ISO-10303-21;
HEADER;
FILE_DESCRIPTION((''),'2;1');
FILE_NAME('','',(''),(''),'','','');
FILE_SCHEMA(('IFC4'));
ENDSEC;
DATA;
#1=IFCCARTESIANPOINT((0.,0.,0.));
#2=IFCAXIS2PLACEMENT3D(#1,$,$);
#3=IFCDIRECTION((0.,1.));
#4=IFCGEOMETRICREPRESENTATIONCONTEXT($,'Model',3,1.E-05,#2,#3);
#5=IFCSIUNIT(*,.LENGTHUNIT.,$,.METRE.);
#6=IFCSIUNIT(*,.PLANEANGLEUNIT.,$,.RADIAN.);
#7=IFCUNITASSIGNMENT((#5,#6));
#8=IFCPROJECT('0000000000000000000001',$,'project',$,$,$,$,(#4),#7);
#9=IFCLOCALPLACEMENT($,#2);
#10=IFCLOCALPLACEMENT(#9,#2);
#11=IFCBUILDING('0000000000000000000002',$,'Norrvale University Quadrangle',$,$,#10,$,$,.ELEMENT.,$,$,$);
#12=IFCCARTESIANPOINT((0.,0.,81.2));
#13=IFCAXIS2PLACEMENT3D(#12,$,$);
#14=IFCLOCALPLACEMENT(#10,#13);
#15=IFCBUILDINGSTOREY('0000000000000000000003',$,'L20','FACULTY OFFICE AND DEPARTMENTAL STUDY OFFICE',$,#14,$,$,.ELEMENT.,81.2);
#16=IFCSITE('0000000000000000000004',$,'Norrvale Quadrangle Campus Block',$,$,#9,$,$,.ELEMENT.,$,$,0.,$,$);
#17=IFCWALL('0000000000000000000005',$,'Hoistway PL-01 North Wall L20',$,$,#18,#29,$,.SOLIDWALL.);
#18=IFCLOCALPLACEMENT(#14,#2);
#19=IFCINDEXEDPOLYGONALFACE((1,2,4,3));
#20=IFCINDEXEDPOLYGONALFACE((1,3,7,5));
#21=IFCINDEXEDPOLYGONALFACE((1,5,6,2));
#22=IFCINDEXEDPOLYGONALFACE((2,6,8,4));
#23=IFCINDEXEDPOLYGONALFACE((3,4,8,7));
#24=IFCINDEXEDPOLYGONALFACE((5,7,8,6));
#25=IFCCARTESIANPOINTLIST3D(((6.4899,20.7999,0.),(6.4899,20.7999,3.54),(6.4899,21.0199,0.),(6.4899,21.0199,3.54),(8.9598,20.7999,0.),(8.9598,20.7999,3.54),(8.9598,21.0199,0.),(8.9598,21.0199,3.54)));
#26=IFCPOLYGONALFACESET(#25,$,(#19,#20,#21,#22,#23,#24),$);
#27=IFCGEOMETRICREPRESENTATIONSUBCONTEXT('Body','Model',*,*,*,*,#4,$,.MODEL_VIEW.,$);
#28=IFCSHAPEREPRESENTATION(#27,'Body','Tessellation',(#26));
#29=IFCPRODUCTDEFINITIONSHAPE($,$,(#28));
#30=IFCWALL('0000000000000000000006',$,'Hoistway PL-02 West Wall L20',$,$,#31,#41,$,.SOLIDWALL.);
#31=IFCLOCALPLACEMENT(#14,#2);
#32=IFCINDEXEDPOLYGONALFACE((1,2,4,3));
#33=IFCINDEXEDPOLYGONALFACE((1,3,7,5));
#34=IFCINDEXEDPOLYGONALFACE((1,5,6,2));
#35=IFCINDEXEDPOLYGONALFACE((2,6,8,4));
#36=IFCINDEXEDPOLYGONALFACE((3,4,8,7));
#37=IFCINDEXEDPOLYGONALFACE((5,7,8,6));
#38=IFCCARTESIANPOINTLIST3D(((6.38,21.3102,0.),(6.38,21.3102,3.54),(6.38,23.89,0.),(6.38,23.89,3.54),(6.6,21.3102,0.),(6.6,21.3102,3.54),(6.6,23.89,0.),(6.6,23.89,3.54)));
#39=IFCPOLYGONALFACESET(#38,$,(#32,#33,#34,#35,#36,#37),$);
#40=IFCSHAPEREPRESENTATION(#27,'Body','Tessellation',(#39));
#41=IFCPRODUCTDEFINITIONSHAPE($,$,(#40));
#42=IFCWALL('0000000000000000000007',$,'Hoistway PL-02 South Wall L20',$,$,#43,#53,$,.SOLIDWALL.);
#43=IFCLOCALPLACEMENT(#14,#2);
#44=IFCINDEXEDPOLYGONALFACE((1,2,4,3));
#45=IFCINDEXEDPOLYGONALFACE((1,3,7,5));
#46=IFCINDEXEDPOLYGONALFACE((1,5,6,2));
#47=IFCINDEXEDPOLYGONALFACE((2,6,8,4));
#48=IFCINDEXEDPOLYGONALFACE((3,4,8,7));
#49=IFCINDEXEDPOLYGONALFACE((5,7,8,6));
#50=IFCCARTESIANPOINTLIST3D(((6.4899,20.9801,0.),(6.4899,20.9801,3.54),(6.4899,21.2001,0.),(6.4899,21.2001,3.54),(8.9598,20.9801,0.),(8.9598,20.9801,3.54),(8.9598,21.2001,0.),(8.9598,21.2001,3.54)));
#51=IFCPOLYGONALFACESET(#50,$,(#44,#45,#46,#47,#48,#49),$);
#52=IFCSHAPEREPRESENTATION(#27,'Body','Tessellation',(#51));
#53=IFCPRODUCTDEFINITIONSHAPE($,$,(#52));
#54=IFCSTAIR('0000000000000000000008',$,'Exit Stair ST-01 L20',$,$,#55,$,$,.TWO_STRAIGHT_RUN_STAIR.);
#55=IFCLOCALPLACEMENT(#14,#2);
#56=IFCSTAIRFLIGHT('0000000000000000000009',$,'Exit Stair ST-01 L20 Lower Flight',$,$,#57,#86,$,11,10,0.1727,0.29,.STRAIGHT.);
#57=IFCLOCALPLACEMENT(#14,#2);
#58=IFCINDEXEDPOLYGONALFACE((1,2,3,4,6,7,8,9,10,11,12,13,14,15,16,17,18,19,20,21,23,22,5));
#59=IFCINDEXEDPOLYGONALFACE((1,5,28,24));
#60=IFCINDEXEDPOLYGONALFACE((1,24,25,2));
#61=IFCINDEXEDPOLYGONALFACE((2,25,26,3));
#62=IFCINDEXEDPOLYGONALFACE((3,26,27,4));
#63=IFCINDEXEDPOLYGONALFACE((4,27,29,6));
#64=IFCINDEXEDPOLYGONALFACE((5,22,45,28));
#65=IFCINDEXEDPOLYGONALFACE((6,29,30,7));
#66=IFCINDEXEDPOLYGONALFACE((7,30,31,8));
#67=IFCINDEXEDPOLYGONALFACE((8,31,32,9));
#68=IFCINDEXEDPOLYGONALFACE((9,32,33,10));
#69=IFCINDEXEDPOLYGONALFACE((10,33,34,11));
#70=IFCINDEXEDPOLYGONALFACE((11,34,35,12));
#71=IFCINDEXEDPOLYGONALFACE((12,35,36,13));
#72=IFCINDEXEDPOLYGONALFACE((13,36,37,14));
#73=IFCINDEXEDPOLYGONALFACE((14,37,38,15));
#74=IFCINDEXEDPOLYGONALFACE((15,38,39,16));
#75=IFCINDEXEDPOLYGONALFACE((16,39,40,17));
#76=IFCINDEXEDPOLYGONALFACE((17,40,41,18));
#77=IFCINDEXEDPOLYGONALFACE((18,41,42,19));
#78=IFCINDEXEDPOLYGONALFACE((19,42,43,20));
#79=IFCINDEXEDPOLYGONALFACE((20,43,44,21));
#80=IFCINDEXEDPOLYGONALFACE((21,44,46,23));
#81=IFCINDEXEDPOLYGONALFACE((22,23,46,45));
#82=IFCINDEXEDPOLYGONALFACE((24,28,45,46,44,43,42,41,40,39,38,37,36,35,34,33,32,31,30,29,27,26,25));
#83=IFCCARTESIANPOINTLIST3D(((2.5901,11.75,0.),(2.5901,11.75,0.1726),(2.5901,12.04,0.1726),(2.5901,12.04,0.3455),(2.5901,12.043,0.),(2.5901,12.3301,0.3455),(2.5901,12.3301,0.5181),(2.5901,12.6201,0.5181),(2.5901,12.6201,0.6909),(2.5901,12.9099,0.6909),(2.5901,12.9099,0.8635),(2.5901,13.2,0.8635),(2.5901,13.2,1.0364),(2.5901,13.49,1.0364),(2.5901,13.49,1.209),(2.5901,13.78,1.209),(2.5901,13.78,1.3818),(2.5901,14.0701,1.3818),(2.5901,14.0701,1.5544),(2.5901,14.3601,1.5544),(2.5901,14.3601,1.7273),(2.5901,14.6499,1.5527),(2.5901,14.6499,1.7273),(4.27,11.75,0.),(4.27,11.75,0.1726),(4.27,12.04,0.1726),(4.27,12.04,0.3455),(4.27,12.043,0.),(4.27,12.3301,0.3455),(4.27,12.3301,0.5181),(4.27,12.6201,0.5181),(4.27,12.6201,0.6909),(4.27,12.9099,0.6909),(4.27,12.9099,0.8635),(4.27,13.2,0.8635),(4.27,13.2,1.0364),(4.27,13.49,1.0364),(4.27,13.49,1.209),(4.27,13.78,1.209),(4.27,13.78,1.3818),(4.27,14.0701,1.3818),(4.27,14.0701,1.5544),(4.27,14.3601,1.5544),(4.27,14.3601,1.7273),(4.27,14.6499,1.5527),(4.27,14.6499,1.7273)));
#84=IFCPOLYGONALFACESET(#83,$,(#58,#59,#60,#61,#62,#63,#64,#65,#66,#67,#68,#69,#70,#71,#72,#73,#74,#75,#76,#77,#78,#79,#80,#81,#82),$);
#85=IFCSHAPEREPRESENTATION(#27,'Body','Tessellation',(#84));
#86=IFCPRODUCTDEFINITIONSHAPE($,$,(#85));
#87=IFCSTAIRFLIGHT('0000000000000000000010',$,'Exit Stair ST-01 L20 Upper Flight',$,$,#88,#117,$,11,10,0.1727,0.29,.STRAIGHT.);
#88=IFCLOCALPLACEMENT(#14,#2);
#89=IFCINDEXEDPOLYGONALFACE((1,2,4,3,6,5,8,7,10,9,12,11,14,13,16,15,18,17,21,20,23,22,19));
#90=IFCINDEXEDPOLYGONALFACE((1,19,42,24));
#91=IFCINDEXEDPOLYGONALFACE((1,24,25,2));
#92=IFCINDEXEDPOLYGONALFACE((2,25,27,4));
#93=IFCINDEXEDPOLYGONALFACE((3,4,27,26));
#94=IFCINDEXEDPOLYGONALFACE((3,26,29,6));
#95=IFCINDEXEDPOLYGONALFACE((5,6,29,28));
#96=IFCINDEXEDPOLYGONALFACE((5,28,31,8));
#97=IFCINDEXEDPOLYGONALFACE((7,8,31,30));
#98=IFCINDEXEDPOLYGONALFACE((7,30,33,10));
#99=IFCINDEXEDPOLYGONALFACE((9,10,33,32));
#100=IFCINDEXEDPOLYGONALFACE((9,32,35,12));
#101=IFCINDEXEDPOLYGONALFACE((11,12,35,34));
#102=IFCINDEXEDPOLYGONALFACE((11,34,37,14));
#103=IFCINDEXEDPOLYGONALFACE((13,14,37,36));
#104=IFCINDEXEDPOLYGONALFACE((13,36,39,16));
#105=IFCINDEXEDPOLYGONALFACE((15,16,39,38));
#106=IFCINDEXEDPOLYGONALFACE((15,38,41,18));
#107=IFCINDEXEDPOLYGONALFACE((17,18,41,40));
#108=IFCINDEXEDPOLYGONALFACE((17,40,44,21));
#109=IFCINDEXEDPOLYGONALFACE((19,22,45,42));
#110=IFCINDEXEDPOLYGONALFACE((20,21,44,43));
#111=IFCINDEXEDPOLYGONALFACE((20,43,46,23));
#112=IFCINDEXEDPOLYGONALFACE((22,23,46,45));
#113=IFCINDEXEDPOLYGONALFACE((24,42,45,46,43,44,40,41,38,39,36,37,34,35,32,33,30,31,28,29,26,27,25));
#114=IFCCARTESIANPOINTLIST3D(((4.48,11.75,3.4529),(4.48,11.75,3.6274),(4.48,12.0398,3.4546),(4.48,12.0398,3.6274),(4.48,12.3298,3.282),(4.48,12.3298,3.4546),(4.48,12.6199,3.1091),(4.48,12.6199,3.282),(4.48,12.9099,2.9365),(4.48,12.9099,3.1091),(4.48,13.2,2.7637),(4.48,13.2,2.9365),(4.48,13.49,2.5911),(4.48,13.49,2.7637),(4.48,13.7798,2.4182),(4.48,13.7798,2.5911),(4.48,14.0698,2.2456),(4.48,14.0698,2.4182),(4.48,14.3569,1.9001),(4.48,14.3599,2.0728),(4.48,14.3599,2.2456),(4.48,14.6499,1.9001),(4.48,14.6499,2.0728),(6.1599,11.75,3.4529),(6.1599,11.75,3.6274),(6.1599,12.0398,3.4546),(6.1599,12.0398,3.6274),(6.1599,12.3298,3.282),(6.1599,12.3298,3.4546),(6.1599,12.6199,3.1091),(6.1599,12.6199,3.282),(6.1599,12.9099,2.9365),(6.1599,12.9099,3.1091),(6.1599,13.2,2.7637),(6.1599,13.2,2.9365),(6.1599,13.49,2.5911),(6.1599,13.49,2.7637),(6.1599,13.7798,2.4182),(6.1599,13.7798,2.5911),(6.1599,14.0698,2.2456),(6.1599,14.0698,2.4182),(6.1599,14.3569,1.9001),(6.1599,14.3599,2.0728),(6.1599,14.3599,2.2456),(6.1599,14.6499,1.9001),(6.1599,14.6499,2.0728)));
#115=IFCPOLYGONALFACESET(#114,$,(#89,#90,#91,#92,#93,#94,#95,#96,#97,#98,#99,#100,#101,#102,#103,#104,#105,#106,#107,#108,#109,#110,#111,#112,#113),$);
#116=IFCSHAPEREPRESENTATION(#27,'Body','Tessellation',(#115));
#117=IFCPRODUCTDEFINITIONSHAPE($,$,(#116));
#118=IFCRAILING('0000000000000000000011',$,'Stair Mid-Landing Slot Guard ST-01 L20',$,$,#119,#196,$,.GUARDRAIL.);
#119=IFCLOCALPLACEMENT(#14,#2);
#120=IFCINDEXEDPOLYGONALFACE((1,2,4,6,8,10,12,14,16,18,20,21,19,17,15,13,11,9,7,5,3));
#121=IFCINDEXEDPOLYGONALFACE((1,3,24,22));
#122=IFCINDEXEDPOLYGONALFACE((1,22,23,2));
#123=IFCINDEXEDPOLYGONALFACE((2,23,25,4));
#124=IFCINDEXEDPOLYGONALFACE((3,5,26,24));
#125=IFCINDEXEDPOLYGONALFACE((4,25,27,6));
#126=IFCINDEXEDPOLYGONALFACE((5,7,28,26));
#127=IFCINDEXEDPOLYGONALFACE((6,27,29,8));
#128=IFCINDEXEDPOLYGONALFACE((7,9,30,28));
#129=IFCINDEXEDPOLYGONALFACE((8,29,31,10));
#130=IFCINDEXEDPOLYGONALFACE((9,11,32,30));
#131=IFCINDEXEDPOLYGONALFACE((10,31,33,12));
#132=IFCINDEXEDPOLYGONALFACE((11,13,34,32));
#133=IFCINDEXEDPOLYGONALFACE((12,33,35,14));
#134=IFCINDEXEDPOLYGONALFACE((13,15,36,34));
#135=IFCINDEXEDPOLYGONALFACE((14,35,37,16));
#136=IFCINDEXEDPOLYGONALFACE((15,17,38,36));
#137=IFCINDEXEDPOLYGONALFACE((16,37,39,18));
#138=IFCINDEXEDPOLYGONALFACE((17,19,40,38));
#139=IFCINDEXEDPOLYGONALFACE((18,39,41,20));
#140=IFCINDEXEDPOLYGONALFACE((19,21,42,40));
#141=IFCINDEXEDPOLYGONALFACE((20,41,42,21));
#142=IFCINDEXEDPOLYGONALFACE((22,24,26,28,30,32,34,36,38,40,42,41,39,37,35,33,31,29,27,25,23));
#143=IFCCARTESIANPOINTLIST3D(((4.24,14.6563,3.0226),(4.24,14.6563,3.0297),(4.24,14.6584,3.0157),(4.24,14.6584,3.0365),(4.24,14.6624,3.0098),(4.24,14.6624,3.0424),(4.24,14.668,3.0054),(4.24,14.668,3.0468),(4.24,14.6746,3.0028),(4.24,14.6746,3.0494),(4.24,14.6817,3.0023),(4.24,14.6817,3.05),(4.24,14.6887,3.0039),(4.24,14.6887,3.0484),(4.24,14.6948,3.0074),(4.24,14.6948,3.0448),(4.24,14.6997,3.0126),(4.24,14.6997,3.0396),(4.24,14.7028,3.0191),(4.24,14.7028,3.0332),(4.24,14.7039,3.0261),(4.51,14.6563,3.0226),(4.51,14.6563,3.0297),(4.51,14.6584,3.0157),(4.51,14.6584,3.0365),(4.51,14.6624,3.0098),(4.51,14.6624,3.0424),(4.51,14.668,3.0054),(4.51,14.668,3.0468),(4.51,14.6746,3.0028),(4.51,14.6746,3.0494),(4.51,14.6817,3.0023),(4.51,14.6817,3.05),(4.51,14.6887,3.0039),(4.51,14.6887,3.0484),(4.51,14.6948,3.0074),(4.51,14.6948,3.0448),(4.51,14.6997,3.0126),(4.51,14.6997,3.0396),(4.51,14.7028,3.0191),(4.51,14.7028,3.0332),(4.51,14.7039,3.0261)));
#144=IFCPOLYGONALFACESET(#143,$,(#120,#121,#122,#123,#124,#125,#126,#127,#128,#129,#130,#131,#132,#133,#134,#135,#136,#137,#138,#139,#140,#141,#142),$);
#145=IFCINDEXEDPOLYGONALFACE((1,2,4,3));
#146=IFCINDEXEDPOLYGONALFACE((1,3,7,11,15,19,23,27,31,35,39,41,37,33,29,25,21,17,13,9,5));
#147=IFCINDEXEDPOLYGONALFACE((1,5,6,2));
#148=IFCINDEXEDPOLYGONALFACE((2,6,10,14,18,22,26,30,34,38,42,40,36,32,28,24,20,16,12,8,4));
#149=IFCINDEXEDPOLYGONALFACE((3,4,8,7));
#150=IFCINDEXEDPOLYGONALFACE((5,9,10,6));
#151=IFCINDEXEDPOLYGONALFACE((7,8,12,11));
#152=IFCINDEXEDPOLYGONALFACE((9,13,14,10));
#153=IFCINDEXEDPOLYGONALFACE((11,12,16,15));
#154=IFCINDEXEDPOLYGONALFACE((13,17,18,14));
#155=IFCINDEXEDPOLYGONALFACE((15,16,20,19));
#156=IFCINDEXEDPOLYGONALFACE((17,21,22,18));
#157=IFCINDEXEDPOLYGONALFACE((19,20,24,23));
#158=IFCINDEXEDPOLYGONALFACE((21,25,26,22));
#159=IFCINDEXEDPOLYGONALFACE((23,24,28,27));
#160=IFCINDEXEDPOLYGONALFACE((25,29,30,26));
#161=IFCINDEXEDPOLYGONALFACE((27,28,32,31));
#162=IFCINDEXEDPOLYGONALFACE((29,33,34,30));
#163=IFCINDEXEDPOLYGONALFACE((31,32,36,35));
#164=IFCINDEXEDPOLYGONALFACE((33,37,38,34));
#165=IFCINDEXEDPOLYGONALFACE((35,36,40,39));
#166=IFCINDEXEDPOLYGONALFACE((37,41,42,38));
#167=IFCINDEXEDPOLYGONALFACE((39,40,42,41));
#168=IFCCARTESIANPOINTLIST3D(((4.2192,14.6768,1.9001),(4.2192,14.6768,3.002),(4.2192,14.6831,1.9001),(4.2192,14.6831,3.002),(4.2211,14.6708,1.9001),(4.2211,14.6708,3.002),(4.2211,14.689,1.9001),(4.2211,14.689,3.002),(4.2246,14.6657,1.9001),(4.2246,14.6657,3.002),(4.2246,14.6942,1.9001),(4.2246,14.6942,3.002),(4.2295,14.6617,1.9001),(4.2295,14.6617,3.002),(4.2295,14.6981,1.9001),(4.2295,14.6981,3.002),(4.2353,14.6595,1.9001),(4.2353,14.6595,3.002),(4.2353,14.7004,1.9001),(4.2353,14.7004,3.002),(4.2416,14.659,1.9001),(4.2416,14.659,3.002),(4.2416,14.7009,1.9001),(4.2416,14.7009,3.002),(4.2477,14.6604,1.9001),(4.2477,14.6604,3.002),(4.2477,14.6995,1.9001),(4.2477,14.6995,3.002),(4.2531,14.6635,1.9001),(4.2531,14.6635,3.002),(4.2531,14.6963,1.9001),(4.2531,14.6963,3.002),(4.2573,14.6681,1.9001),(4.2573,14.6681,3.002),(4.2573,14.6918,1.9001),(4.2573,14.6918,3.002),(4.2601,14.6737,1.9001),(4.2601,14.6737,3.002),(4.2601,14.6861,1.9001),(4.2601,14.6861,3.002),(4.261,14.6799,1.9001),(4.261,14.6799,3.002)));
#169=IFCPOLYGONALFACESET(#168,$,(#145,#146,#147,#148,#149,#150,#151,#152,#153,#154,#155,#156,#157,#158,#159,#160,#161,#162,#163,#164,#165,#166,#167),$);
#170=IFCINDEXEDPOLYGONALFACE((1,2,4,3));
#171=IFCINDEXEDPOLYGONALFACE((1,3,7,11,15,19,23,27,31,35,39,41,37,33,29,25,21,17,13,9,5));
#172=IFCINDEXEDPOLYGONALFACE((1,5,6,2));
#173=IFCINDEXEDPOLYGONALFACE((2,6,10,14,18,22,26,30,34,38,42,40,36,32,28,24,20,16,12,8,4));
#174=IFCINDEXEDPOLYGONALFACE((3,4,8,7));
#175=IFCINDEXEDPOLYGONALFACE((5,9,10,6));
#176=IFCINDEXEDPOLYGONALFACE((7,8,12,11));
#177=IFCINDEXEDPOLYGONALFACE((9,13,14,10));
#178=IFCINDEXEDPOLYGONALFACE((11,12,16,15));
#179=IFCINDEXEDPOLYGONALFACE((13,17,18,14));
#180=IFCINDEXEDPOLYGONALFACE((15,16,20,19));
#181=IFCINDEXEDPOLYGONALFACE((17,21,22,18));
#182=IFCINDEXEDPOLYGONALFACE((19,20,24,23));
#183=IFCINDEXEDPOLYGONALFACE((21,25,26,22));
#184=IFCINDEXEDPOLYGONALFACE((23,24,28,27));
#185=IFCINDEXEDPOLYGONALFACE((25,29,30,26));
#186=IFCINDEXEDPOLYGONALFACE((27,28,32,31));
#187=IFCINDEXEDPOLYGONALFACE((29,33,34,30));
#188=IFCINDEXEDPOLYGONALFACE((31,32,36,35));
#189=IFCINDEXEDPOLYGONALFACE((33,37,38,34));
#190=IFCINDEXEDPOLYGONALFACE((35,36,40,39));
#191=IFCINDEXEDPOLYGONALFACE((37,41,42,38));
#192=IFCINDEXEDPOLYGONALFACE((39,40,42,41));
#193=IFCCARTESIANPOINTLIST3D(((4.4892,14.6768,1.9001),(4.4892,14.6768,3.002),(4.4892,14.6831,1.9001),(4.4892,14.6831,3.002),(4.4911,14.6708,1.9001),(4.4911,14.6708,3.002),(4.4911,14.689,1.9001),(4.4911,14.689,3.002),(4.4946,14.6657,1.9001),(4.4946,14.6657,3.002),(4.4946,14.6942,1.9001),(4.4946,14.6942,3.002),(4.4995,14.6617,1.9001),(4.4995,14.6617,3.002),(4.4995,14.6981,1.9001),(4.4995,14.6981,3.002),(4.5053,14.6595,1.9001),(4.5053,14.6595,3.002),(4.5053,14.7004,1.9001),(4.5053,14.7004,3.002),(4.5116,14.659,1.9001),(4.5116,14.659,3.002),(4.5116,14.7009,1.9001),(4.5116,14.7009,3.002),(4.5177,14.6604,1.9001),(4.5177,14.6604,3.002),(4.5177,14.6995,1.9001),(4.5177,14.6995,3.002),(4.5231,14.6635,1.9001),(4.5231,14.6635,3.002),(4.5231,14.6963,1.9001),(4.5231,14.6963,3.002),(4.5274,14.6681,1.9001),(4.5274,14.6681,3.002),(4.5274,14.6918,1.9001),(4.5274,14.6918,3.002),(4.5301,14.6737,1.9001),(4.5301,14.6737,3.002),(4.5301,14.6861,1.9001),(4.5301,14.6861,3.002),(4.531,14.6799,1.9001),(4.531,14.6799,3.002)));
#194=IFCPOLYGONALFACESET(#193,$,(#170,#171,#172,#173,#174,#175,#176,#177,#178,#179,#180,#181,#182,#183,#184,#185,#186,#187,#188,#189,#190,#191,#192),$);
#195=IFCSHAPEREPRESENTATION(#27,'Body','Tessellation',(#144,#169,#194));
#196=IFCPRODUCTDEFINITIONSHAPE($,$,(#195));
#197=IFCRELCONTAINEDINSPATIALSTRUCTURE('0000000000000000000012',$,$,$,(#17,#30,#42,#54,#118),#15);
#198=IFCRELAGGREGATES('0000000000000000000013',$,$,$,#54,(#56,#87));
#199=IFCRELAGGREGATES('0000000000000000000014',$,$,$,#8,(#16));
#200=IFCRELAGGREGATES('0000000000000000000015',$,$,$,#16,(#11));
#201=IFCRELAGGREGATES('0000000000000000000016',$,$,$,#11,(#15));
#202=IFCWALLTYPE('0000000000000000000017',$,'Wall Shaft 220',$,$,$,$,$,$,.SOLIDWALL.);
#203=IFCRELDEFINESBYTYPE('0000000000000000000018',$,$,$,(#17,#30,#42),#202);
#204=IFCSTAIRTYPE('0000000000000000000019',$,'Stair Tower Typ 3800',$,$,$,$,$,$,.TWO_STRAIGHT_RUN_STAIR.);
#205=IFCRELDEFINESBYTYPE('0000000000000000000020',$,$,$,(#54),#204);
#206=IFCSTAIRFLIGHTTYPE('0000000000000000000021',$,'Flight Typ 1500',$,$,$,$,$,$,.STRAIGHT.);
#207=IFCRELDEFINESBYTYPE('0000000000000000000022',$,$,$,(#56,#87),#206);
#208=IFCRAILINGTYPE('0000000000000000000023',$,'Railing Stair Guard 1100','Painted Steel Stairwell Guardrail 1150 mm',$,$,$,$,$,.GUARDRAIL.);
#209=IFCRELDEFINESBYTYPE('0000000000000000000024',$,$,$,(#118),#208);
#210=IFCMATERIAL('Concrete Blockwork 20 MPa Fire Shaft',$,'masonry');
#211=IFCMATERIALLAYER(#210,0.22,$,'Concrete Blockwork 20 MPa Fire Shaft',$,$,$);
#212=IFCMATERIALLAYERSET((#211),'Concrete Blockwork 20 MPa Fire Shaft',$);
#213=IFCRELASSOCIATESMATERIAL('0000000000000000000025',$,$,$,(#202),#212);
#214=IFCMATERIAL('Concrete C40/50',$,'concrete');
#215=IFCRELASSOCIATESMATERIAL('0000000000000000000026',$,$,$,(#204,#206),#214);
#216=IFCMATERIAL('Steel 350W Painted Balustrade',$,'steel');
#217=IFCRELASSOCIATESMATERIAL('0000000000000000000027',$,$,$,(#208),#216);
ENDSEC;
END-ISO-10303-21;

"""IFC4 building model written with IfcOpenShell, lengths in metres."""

from ifc_helpers import new_model, si_unit, direction, frame, frame_2d, origin, origin_2d, place, context, subcontext, project, spatial, polyline, rectangle, circle, outline, extrude, material, layer, layer_set, type_object, element, aggregate, save


model = new_model("IFC4")

# Units and contexts
model_context = context("Model", 3, precision=1e-05, world=origin(), true_north=direction((0.0, 1.0)))
body_context = subcontext(model_context, "Body", "Model", "MODEL_VIEW")
ifc_project = project(units=[si_unit("LENGTHUNIT", "METRE"), si_unit("PLANEANGLEUNIT", "RADIAN")], contexts=[model_context])

# Site, building, storey
site_placement = place(None, origin())
site = spatial("IfcSite", under=ifc_project, at=site_placement, Name="Norrvale Quadrangle Campus Block", CompositionType="ELEMENT", RefElevation=0.0)
building_placement = place(site_placement, origin())
building = spatial("IfcBuilding", under=site, at=building_placement, Name="Norrvale University Quadrangle", CompositionType="ELEMENT")
storey_placement = place(building_placement, frame((0.0, 0.0, 81.2)))
storey = spatial("IfcBuildingStorey", under=building, at=storey_placement, Name="L20", Description="FACULTY OFFICE AND DEPARTMENTAL STUDY OFFICE", CompositionType="ELEMENT", Elevation=81.2)

# Walls
ifc_material_1 = material(Name="Concrete Blockwork 20 MPa Fire Shaft", Category="masonry")
ifc_layer_1 = layer(ifc_material_1, 0.22, Name="Concrete Blockwork 20 MPa Fire Shaft")
ifc_layer_set_1 = layer_set([ifc_layer_1], Name="Concrete Blockwork 20 MPa Fire Shaft")
wall_type_1 = type_object("IfcWallType", Name="Wall Shaft 220", PredefinedType="SOLIDWALL", material=ifc_layer_set_1)
for number, where, z_axis, x_axis, name in (
    (1, (6.49, 20.9099, 0.0), (0.0, 0.0, 1.0), (1.0, 0.0, 0.0), "Hoistway PL-01 North Wall L20"),
):
    element("IfcWall", number, at=place(storey_placement, frame(where, z_axis=z_axis, x_axis=x_axis)), inside=storey, type_object=wall_type_1, Name=name, PredefinedType="SOLIDWALL", context=body_context, shape_type="SweptSolid", body=[
        extrude(rectangle(XDim=2.47, YDim=0.22, at=frame_2d((1.2349, 0.0))), origin(), (0.0, 0.0, 1.0), 3.54),
    ])
wall_1_placement = place(storey_placement, frame((6.49, 21.3101, 0.0), z_axis=(0.0, 0.0, 1.0), x_axis=(0.0, 1.0, 0.0)))
element("IfcWall", 2, at=wall_1_placement, inside=storey, type_object=wall_type_1, Name="Hoistway PL-02 West Wall L20", PredefinedType="SOLIDWALL", context=body_context, shape_type="SweptSolid", body=[
    extrude(rectangle(XDim=2.5798, YDim=0.22, at=frame_2d((1.29, 0.0))), origin(), (0.0, 0.0, 1.0), 3.54),
])
wall_2_placement = place(storey_placement, frame((6.49, 21.0901, 0.0), z_axis=(0.0, 0.0, 1.0), x_axis=(1.0, 0.0, 0.0)))
element("IfcWall", 3, at=wall_2_placement, inside=storey, type_object=wall_type_1, Name="Hoistway PL-02 South Wall L20", PredefinedType="SOLIDWALL", context=body_context, shape_type="SweptSolid", body=[
    extrude(rectangle(XDim=2.47, YDim=0.22, at=frame_2d((1.2349, 0.0))), origin(), (0.0, 0.0, 1.0), 3.54),
])

# Stair, stair flights
ifc_material_2 = material(Name="Concrete C40/50", Category="concrete")
stair_type = type_object("IfcStairType", Name="Stair Tower Typ 3800", PredefinedType="TWO_STRAIGHT_RUN_STAIR", material=ifc_material_2)
stair_placement = place(storey_placement, origin())
stair = element("IfcStair", 4, at=stair_placement, inside=storey, type_object=stair_type, Name="Exit Stair ST-01 L20", PredefinedType="TWO_STRAIGHT_RUN_STAIR")
stair_flight_type = type_object("IfcStairFlightType", Name="Flight Typ 1500", PredefinedType="STRAIGHT", material=ifc_material_2)
stair_flight_1_placement = place(storey_placement, frame((3.4299, 11.75, 0.0), z_axis=(0.0, 0.0, 1.0), x_axis=(0.0, 1.0, 0.0)))
stair_flight_1 = element("IfcStairFlight", 5, at=stair_flight_1_placement, type_object=stair_flight_type, Name="Exit Stair ST-01 L20 Lower Flight", NumberOfRisers=11, NumberOfTreads=10, PredefinedType="STRAIGHT", RiserHeight=0.1727, TreadLength=0.29, context=body_context, shape_type="SweptSolid", body=[
    extrude(outline(polyline([(0.0, 0.0), (0.0, 0.1726), (0.29, 0.1726), (0.29, 0.3455), (0.5801, 0.3455), (0.5801, 0.5181), (0.8701, 0.5181), (0.8701, 0.6909), (1.1599, 0.6909), (1.1599, 0.8635), (1.45, 0.8635), (1.45, 1.0364), (1.74, 1.0364), (1.74, 1.209), (2.03, 1.209), (2.03, 1.3818), (2.3201, 1.3818), (2.3201, 1.5544), (2.6101, 1.5544), (2.6101, 1.7273), (2.8999, 1.7273), (2.8999, 1.8999), (2.8999, 1.5527), (0.293, 0.0), (0.0, 0.0)])), frame((0.0, 0.8398, 0.0), z_axis=(0.0, -1.0, 0.0), x_axis=(1.0, 0.0, 0.0)), (0.0, 0.0, 1.0), 1.6799),
])
stair_flight_2_placement = place(storey_placement, frame((5.3201, 14.6499, 1.9001), z_axis=(0.0, 0.0, 1.0), x_axis=(0.0, -1.0, 0.0)))
stair_flight_2 = element("IfcStairFlight", 6, at=stair_flight_2_placement, type_object=stair_flight_type, Name="Exit Stair ST-01 L20 Upper Flight", NumberOfRisers=11, NumberOfTreads=10, PredefinedType="STRAIGHT", RiserHeight=0.1727, TreadLength=0.29, context=body_context, shape_type="SweptSolid", body=[
    extrude(outline(polyline([(0.0, 0.0), (0.0, 0.1726), (0.29, 0.1726), (0.29, 0.3455), (0.5801, 0.3455), (0.5801, 0.5181), (0.8701, 0.5181), (0.8701, 0.6909), (1.1599, 0.6909), (1.1599, 0.8635), (1.45, 0.8635), (1.45, 1.0364), (1.74, 1.0364), (1.74, 1.209), (2.03, 1.209), (2.03, 1.3818), (2.3201, 1.3818), (2.3201, 1.5544), (2.6101, 1.5544), (2.6101, 1.7273), (2.8999, 1.7273), (2.8999, 1.8999), (2.8999, 1.5527), (0.293, 0.0), (0.0, 0.0)])), frame((0.0, 0.8398, 0.0), z_axis=(0.0, -1.0, 0.0), x_axis=(1.0, 0.0, 0.0)), (0.0, 0.0, 1.0), 1.6799),
])
aggregate(stair, [stair_flight_1, stair_flight_2])

# Railing
ifc_material_3 = material(Name="Steel 350W Painted Balustrade", Category="steel")
railing_type_1 = type_object("IfcRailingType", Name="Railing Stair Guard 1100", Description="Painted Steel Stairwell Guardrail 1150 mm", PredefinedType="GUARDRAIL", material=ifc_material_3)
railing_1_placement = place(storey_placement, frame((4.24, 14.6799, 1.9001)))
element("IfcRailing", 7, at=railing_1_placement, inside=storey, type_object=railing_type_1, Name="Stair Mid-Landing Slot Guard ST-01 L20", PredefinedType="GUARDRAIL", context=body_context, shape_type="SweptSolid", body=[
    extrude(circle(Radius=0.0239, at=origin_2d()), frame((0.0, 0.0, 1.126), z_axis=(1.0, 0.0, 0.0), x_axis=(0.0, 1.0, 0.0)), (0.0, 0.0, 1.0), 0.27),
    extrude(circle(Radius=0.021, at=origin_2d()), origin(), (0.0, 0.0, 1.0), 1.1018),
    extrude(circle(Radius=0.021, at=origin_2d()), frame((0.27, 0.0, 0.0)), (0.0, 0.0, 1.0), 1.1018),
])

save(model, "model.ifc")
